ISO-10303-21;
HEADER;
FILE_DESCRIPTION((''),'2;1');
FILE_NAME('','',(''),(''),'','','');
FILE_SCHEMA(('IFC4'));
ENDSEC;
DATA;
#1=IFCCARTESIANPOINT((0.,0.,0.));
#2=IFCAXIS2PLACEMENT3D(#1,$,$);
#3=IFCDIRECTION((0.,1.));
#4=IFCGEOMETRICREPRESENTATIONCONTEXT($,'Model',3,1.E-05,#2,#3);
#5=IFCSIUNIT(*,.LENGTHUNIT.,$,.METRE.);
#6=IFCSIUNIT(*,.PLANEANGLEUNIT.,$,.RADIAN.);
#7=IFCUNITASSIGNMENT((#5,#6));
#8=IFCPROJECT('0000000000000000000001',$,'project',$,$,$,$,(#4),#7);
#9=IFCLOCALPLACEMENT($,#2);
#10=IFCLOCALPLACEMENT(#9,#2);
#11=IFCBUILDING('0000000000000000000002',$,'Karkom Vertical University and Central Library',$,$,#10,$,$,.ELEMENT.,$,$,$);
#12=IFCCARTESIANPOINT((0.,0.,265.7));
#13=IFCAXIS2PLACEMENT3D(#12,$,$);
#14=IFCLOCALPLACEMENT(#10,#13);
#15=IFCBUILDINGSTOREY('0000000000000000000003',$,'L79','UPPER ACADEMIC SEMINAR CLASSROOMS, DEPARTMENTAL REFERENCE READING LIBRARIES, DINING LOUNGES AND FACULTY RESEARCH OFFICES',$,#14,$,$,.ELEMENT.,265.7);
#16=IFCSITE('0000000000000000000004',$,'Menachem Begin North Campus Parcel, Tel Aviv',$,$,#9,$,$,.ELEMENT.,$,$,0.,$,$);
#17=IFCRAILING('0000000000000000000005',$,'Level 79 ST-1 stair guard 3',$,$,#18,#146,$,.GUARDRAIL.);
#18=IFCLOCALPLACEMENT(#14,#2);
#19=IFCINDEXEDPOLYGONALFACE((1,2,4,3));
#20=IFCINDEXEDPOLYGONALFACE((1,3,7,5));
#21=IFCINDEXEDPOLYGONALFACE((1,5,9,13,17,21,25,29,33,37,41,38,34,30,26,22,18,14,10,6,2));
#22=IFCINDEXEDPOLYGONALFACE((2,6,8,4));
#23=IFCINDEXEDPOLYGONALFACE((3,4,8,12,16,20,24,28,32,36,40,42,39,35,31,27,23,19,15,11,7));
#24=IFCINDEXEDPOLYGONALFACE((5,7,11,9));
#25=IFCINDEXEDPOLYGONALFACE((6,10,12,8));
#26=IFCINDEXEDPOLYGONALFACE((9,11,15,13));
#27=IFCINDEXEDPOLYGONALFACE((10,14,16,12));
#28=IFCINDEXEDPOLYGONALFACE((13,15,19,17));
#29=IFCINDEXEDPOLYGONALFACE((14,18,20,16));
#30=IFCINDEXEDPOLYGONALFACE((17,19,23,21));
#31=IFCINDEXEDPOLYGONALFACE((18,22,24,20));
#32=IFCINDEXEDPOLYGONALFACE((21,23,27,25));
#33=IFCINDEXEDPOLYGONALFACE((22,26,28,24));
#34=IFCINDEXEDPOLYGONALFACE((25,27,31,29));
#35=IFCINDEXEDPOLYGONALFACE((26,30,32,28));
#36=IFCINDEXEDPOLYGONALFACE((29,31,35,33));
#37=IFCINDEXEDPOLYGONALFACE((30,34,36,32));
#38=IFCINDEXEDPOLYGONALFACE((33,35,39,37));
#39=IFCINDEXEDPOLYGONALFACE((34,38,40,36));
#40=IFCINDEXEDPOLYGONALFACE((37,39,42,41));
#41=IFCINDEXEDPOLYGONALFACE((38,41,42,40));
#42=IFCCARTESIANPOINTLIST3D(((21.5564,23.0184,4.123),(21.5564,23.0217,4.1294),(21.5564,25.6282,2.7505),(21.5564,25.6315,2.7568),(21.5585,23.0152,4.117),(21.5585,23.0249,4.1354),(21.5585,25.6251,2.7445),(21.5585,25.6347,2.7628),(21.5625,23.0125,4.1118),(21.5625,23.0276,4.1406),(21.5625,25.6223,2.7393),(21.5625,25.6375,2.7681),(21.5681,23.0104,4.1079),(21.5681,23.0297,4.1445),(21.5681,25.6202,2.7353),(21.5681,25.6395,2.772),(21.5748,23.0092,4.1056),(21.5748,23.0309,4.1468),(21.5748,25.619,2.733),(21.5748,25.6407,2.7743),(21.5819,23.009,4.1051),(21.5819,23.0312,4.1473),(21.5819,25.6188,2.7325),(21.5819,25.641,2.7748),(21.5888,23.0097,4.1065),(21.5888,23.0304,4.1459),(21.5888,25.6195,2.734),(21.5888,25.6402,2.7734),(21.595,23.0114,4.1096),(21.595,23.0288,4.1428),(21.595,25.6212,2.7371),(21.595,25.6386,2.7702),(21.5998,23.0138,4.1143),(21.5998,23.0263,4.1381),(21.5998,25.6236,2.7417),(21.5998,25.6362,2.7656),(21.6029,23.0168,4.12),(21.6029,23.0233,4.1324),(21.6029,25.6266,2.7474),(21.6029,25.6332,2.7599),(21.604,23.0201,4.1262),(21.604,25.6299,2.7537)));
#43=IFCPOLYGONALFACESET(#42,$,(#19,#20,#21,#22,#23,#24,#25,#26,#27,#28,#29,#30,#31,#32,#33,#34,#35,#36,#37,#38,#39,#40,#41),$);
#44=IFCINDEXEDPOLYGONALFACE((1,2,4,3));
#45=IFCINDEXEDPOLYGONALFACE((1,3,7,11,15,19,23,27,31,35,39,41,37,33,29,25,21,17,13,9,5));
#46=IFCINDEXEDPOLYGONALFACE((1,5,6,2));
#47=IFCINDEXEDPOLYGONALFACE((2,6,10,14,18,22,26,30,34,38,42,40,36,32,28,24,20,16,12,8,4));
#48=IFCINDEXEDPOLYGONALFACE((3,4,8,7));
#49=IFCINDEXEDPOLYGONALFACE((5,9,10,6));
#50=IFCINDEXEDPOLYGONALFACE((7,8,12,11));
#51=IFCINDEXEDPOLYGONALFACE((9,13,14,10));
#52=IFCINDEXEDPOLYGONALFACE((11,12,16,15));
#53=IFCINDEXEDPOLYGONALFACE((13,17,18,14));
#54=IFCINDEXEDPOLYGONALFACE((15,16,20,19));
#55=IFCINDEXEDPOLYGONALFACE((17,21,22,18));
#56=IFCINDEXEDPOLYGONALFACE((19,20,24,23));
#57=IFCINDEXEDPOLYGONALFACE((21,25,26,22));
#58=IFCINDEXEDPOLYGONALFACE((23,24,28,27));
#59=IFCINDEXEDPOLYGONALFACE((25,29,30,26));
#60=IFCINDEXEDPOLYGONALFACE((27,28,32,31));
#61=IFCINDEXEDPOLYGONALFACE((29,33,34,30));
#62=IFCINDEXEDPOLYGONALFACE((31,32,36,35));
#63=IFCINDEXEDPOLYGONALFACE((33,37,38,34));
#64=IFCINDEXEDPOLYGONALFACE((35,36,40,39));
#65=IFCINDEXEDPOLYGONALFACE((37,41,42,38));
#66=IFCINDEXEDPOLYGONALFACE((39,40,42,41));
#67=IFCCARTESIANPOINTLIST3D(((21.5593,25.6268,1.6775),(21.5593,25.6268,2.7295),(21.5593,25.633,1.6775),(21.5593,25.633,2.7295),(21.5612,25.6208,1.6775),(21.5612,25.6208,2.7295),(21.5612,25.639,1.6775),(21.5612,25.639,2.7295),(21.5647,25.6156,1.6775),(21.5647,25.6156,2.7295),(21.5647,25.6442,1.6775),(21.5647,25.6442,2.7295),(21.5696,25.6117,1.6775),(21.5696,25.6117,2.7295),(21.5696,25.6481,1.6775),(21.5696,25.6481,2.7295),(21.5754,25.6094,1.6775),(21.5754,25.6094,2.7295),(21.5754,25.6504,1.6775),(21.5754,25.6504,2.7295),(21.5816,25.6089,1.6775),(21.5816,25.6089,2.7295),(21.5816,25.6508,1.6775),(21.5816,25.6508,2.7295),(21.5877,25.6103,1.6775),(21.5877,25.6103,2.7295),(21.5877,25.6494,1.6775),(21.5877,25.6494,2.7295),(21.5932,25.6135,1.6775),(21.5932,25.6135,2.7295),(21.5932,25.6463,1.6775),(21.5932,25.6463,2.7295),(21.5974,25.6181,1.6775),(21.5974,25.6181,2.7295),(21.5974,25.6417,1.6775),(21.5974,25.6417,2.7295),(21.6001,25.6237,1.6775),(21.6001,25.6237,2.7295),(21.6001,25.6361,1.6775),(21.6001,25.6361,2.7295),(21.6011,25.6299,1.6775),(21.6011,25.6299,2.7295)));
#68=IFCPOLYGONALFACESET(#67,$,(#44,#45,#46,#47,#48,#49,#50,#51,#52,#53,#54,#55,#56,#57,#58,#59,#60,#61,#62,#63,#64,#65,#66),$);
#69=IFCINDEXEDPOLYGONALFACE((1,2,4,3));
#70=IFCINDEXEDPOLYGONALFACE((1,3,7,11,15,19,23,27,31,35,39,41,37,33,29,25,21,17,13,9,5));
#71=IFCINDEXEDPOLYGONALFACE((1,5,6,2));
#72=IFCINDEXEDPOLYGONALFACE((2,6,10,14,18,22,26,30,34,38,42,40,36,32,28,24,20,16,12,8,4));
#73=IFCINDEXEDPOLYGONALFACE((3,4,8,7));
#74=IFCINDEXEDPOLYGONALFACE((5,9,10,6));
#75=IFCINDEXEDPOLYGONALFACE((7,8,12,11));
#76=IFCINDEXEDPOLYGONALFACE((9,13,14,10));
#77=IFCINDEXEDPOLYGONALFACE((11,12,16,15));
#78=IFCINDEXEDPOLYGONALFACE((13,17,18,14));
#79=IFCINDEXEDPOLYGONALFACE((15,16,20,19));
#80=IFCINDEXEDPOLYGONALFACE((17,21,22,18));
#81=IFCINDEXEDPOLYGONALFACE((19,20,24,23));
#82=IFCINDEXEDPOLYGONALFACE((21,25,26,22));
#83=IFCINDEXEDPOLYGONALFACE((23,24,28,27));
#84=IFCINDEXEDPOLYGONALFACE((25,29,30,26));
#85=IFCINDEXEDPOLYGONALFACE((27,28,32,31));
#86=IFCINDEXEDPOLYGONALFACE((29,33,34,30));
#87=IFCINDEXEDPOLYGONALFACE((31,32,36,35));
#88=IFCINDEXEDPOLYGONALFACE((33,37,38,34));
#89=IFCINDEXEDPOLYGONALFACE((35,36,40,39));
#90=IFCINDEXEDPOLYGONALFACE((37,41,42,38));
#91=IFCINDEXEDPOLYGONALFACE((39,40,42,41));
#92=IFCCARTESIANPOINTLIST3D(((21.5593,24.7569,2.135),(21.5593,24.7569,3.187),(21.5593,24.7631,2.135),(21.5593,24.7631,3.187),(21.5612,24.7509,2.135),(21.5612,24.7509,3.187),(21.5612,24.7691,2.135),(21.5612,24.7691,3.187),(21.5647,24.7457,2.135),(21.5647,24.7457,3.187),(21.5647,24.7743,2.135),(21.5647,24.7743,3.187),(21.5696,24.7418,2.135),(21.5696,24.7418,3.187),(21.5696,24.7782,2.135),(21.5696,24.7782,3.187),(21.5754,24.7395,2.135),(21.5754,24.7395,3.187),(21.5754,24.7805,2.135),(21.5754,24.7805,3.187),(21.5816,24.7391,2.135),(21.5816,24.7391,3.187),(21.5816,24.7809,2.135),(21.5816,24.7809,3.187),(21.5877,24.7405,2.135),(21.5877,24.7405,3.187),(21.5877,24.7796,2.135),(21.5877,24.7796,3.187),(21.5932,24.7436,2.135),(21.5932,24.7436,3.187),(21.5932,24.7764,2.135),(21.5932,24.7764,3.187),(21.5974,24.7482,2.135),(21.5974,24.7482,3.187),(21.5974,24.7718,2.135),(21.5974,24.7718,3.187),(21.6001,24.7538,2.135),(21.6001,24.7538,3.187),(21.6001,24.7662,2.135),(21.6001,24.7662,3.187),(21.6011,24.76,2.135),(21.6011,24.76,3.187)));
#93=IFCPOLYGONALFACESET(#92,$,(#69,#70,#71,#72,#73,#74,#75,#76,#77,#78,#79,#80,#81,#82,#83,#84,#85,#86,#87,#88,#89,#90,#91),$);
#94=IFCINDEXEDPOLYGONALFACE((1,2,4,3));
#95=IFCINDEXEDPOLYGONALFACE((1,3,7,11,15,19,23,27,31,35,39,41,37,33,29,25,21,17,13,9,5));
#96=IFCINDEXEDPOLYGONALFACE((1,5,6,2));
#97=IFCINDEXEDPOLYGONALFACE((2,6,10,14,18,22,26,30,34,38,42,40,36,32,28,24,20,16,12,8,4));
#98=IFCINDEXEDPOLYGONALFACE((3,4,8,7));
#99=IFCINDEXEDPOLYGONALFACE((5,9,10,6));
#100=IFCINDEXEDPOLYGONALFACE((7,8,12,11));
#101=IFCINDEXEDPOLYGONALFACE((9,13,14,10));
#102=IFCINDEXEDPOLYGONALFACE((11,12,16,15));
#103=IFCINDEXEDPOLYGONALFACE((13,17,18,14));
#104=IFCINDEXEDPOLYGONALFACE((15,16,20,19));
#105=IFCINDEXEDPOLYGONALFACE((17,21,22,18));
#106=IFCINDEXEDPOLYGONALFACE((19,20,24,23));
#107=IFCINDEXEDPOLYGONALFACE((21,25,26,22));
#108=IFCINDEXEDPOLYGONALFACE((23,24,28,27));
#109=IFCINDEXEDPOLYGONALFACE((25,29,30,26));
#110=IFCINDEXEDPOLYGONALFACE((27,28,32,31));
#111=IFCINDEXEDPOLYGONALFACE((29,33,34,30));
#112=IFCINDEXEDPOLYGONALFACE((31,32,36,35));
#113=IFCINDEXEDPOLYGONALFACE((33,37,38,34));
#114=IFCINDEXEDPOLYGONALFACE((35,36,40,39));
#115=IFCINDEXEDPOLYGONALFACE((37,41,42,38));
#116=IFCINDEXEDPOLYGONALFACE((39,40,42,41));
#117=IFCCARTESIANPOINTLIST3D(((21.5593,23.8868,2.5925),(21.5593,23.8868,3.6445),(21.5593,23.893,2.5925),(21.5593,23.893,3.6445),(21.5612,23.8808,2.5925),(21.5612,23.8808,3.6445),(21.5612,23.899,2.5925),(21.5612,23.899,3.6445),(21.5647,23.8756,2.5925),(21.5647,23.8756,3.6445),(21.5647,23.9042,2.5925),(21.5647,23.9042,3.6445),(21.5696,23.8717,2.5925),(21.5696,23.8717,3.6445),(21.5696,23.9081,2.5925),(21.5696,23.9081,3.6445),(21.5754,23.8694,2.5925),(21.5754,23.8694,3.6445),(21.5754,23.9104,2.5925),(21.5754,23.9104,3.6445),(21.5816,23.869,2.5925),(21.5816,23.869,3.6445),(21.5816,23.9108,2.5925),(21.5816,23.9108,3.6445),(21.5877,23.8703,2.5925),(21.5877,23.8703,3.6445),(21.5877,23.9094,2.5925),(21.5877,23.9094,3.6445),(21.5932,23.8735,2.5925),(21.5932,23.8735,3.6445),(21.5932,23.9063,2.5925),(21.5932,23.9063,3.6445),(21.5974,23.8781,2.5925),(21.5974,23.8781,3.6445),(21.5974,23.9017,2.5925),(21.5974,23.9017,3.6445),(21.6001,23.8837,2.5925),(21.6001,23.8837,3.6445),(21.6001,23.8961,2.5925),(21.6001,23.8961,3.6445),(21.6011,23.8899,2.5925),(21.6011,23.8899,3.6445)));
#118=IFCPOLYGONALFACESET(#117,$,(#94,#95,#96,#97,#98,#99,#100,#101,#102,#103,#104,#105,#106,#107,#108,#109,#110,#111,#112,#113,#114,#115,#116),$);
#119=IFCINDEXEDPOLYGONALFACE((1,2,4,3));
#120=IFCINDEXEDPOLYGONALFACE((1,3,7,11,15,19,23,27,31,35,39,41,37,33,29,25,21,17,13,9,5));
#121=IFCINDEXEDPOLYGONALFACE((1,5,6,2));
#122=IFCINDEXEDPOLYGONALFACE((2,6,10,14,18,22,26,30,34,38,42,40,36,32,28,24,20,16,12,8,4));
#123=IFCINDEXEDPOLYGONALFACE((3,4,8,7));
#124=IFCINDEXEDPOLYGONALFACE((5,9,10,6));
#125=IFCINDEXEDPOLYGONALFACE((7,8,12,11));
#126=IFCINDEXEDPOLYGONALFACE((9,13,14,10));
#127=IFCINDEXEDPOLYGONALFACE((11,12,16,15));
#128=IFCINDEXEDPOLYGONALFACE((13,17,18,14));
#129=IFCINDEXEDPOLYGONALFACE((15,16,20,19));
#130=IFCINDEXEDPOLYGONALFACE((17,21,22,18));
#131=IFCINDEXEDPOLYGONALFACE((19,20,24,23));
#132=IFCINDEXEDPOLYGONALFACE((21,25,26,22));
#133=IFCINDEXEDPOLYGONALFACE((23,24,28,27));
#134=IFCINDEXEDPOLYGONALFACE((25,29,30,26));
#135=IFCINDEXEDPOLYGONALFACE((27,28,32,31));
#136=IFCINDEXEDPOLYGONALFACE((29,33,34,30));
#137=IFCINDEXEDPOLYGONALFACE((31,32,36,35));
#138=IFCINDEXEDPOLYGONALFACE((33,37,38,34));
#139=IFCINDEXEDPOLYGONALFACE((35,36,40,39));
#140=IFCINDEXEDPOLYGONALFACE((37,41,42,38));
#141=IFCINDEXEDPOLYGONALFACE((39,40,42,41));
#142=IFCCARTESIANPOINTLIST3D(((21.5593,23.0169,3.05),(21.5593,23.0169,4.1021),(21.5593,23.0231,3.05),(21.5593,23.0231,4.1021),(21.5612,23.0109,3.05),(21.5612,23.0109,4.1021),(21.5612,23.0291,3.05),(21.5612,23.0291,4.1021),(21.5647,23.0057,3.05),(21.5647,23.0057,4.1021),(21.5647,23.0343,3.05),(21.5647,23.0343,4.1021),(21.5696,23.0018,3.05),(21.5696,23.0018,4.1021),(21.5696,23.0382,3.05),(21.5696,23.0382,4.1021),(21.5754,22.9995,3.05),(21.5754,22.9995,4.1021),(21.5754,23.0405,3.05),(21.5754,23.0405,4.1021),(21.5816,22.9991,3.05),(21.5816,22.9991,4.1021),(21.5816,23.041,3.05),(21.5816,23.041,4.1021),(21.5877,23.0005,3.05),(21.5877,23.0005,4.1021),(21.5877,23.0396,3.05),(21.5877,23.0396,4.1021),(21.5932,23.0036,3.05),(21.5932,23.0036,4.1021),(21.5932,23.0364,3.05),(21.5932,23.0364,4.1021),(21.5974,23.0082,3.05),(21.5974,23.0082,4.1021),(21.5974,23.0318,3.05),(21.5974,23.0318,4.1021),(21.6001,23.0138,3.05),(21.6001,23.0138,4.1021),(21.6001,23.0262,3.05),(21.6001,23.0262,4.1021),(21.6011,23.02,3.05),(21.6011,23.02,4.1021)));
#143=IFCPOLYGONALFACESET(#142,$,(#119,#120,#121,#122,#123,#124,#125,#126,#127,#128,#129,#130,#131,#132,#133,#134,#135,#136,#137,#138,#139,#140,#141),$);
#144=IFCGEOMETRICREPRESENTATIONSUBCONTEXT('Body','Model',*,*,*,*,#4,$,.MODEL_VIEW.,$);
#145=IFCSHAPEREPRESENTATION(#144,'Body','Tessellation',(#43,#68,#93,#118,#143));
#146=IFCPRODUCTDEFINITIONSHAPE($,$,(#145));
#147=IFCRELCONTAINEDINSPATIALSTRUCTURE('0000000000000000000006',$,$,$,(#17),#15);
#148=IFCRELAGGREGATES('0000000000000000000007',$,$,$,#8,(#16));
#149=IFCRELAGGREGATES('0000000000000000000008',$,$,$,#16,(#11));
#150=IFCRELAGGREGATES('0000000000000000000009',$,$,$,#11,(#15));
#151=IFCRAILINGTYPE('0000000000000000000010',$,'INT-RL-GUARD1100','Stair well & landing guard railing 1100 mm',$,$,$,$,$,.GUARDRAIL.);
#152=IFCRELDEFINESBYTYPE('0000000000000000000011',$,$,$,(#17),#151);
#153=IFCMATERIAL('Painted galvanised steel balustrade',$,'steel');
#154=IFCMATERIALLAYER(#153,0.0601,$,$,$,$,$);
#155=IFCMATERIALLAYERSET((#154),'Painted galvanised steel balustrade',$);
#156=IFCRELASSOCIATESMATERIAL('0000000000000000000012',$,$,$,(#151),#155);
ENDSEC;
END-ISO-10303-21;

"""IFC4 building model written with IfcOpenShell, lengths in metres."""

from ifc_helpers import new_model, si_unit, direction, frame, origin, origin_2d, place, context, subcontext, project, spatial, circle, extrude, material, layer, layer_set, type_object, element, save


model = new_model("IFC4")

# Units and contexts
model_context = context("Model", 3, precision=1e-05, world=origin(), true_north=direction((0.0, 1.0)))
body_context = subcontext(model_context, "Body", "Model", "MODEL_VIEW")
ifc_project = project(units=[si_unit("LENGTHUNIT", "METRE"), si_unit("PLANEANGLEUNIT", "RADIAN")], contexts=[model_context])

# Site, building, storey
site_placement = place(None, origin())
site = spatial("IfcSite", under=ifc_project, at=site_placement, Name="Menachem Begin North Campus Parcel, Tel Aviv", CompositionType="ELEMENT", RefElevation=0.0)
building_placement = place(site_placement, origin())
building = spatial("IfcBuilding", under=site, at=building_placement, Name="Karkom Vertical University and Central Library", CompositionType="ELEMENT")
storey_placement = place(building_placement, frame((0.0, 0.0, 265.7)))
storey = spatial("IfcBuildingStorey", under=building, at=storey_placement, Name="L79", Description="UPPER ACADEMIC SEMINAR CLASSROOMS, DEPARTMENTAL REFERENCE READING LIBRARIES, DINING LOUNGES AND FACULTY RESEARCH OFFICES", CompositionType="ELEMENT", Elevation=265.7)

# Railing
ifc_material_1 = material(Name="Painted galvanised steel balustrade", Category="steel")
ifc_layer_1 = layer(ifc_material_1, 0.0601)
ifc_layer_set_1 = layer_set([ifc_layer_1], Name="Painted galvanised steel balustrade")
railing_type_1 = type_object("IfcRailingType", Name="INT-RL-GUARD1100", Description="Stair well & landing guard railing 1100 mm", PredefinedType="GUARDRAIL", material=ifc_layer_set_1)
railing_1_placement = place(storey_placement, frame((21.5801, 25.6299, 1.6775)))
element("IfcRailing", 1, at=railing_1_placement, inside=storey, type_object=railing_type_1, Name="Level 79 ST-1 stair guard 3", PredefinedType="GUARDRAIL", context=body_context, shape_type="SweptSolid", body=[
    extrude(circle(Radius=0.0239, at=origin_2d()), frame((0.0, 0.0, 1.0762), z_axis=(0.0, -0.885065, 0.465467), x_axis=(1.0, 0.0, 0.0)), (0.0, 0.0, 1.0), 2.9487),
    extrude(circle(Radius=0.021, at=origin_2d()), origin(), (0.0, 0.0, 1.0), 1.052),
    extrude(circle(Radius=0.021, at=origin_2d()), frame((0.0, -0.8699, 0.4575)), (0.0, 0.0, 1.0), 1.052),
    extrude(circle(Radius=0.021, at=origin_2d()), frame((0.0, -1.74, 0.915)), (0.0, 0.0, 1.0), 1.052),
    extrude(circle(Radius=0.021, at=origin_2d()), frame((0.0, -2.6099, 1.3726)), (0.0, 0.0, 1.0), 1.052),
])

save(model, "model.ifc")
